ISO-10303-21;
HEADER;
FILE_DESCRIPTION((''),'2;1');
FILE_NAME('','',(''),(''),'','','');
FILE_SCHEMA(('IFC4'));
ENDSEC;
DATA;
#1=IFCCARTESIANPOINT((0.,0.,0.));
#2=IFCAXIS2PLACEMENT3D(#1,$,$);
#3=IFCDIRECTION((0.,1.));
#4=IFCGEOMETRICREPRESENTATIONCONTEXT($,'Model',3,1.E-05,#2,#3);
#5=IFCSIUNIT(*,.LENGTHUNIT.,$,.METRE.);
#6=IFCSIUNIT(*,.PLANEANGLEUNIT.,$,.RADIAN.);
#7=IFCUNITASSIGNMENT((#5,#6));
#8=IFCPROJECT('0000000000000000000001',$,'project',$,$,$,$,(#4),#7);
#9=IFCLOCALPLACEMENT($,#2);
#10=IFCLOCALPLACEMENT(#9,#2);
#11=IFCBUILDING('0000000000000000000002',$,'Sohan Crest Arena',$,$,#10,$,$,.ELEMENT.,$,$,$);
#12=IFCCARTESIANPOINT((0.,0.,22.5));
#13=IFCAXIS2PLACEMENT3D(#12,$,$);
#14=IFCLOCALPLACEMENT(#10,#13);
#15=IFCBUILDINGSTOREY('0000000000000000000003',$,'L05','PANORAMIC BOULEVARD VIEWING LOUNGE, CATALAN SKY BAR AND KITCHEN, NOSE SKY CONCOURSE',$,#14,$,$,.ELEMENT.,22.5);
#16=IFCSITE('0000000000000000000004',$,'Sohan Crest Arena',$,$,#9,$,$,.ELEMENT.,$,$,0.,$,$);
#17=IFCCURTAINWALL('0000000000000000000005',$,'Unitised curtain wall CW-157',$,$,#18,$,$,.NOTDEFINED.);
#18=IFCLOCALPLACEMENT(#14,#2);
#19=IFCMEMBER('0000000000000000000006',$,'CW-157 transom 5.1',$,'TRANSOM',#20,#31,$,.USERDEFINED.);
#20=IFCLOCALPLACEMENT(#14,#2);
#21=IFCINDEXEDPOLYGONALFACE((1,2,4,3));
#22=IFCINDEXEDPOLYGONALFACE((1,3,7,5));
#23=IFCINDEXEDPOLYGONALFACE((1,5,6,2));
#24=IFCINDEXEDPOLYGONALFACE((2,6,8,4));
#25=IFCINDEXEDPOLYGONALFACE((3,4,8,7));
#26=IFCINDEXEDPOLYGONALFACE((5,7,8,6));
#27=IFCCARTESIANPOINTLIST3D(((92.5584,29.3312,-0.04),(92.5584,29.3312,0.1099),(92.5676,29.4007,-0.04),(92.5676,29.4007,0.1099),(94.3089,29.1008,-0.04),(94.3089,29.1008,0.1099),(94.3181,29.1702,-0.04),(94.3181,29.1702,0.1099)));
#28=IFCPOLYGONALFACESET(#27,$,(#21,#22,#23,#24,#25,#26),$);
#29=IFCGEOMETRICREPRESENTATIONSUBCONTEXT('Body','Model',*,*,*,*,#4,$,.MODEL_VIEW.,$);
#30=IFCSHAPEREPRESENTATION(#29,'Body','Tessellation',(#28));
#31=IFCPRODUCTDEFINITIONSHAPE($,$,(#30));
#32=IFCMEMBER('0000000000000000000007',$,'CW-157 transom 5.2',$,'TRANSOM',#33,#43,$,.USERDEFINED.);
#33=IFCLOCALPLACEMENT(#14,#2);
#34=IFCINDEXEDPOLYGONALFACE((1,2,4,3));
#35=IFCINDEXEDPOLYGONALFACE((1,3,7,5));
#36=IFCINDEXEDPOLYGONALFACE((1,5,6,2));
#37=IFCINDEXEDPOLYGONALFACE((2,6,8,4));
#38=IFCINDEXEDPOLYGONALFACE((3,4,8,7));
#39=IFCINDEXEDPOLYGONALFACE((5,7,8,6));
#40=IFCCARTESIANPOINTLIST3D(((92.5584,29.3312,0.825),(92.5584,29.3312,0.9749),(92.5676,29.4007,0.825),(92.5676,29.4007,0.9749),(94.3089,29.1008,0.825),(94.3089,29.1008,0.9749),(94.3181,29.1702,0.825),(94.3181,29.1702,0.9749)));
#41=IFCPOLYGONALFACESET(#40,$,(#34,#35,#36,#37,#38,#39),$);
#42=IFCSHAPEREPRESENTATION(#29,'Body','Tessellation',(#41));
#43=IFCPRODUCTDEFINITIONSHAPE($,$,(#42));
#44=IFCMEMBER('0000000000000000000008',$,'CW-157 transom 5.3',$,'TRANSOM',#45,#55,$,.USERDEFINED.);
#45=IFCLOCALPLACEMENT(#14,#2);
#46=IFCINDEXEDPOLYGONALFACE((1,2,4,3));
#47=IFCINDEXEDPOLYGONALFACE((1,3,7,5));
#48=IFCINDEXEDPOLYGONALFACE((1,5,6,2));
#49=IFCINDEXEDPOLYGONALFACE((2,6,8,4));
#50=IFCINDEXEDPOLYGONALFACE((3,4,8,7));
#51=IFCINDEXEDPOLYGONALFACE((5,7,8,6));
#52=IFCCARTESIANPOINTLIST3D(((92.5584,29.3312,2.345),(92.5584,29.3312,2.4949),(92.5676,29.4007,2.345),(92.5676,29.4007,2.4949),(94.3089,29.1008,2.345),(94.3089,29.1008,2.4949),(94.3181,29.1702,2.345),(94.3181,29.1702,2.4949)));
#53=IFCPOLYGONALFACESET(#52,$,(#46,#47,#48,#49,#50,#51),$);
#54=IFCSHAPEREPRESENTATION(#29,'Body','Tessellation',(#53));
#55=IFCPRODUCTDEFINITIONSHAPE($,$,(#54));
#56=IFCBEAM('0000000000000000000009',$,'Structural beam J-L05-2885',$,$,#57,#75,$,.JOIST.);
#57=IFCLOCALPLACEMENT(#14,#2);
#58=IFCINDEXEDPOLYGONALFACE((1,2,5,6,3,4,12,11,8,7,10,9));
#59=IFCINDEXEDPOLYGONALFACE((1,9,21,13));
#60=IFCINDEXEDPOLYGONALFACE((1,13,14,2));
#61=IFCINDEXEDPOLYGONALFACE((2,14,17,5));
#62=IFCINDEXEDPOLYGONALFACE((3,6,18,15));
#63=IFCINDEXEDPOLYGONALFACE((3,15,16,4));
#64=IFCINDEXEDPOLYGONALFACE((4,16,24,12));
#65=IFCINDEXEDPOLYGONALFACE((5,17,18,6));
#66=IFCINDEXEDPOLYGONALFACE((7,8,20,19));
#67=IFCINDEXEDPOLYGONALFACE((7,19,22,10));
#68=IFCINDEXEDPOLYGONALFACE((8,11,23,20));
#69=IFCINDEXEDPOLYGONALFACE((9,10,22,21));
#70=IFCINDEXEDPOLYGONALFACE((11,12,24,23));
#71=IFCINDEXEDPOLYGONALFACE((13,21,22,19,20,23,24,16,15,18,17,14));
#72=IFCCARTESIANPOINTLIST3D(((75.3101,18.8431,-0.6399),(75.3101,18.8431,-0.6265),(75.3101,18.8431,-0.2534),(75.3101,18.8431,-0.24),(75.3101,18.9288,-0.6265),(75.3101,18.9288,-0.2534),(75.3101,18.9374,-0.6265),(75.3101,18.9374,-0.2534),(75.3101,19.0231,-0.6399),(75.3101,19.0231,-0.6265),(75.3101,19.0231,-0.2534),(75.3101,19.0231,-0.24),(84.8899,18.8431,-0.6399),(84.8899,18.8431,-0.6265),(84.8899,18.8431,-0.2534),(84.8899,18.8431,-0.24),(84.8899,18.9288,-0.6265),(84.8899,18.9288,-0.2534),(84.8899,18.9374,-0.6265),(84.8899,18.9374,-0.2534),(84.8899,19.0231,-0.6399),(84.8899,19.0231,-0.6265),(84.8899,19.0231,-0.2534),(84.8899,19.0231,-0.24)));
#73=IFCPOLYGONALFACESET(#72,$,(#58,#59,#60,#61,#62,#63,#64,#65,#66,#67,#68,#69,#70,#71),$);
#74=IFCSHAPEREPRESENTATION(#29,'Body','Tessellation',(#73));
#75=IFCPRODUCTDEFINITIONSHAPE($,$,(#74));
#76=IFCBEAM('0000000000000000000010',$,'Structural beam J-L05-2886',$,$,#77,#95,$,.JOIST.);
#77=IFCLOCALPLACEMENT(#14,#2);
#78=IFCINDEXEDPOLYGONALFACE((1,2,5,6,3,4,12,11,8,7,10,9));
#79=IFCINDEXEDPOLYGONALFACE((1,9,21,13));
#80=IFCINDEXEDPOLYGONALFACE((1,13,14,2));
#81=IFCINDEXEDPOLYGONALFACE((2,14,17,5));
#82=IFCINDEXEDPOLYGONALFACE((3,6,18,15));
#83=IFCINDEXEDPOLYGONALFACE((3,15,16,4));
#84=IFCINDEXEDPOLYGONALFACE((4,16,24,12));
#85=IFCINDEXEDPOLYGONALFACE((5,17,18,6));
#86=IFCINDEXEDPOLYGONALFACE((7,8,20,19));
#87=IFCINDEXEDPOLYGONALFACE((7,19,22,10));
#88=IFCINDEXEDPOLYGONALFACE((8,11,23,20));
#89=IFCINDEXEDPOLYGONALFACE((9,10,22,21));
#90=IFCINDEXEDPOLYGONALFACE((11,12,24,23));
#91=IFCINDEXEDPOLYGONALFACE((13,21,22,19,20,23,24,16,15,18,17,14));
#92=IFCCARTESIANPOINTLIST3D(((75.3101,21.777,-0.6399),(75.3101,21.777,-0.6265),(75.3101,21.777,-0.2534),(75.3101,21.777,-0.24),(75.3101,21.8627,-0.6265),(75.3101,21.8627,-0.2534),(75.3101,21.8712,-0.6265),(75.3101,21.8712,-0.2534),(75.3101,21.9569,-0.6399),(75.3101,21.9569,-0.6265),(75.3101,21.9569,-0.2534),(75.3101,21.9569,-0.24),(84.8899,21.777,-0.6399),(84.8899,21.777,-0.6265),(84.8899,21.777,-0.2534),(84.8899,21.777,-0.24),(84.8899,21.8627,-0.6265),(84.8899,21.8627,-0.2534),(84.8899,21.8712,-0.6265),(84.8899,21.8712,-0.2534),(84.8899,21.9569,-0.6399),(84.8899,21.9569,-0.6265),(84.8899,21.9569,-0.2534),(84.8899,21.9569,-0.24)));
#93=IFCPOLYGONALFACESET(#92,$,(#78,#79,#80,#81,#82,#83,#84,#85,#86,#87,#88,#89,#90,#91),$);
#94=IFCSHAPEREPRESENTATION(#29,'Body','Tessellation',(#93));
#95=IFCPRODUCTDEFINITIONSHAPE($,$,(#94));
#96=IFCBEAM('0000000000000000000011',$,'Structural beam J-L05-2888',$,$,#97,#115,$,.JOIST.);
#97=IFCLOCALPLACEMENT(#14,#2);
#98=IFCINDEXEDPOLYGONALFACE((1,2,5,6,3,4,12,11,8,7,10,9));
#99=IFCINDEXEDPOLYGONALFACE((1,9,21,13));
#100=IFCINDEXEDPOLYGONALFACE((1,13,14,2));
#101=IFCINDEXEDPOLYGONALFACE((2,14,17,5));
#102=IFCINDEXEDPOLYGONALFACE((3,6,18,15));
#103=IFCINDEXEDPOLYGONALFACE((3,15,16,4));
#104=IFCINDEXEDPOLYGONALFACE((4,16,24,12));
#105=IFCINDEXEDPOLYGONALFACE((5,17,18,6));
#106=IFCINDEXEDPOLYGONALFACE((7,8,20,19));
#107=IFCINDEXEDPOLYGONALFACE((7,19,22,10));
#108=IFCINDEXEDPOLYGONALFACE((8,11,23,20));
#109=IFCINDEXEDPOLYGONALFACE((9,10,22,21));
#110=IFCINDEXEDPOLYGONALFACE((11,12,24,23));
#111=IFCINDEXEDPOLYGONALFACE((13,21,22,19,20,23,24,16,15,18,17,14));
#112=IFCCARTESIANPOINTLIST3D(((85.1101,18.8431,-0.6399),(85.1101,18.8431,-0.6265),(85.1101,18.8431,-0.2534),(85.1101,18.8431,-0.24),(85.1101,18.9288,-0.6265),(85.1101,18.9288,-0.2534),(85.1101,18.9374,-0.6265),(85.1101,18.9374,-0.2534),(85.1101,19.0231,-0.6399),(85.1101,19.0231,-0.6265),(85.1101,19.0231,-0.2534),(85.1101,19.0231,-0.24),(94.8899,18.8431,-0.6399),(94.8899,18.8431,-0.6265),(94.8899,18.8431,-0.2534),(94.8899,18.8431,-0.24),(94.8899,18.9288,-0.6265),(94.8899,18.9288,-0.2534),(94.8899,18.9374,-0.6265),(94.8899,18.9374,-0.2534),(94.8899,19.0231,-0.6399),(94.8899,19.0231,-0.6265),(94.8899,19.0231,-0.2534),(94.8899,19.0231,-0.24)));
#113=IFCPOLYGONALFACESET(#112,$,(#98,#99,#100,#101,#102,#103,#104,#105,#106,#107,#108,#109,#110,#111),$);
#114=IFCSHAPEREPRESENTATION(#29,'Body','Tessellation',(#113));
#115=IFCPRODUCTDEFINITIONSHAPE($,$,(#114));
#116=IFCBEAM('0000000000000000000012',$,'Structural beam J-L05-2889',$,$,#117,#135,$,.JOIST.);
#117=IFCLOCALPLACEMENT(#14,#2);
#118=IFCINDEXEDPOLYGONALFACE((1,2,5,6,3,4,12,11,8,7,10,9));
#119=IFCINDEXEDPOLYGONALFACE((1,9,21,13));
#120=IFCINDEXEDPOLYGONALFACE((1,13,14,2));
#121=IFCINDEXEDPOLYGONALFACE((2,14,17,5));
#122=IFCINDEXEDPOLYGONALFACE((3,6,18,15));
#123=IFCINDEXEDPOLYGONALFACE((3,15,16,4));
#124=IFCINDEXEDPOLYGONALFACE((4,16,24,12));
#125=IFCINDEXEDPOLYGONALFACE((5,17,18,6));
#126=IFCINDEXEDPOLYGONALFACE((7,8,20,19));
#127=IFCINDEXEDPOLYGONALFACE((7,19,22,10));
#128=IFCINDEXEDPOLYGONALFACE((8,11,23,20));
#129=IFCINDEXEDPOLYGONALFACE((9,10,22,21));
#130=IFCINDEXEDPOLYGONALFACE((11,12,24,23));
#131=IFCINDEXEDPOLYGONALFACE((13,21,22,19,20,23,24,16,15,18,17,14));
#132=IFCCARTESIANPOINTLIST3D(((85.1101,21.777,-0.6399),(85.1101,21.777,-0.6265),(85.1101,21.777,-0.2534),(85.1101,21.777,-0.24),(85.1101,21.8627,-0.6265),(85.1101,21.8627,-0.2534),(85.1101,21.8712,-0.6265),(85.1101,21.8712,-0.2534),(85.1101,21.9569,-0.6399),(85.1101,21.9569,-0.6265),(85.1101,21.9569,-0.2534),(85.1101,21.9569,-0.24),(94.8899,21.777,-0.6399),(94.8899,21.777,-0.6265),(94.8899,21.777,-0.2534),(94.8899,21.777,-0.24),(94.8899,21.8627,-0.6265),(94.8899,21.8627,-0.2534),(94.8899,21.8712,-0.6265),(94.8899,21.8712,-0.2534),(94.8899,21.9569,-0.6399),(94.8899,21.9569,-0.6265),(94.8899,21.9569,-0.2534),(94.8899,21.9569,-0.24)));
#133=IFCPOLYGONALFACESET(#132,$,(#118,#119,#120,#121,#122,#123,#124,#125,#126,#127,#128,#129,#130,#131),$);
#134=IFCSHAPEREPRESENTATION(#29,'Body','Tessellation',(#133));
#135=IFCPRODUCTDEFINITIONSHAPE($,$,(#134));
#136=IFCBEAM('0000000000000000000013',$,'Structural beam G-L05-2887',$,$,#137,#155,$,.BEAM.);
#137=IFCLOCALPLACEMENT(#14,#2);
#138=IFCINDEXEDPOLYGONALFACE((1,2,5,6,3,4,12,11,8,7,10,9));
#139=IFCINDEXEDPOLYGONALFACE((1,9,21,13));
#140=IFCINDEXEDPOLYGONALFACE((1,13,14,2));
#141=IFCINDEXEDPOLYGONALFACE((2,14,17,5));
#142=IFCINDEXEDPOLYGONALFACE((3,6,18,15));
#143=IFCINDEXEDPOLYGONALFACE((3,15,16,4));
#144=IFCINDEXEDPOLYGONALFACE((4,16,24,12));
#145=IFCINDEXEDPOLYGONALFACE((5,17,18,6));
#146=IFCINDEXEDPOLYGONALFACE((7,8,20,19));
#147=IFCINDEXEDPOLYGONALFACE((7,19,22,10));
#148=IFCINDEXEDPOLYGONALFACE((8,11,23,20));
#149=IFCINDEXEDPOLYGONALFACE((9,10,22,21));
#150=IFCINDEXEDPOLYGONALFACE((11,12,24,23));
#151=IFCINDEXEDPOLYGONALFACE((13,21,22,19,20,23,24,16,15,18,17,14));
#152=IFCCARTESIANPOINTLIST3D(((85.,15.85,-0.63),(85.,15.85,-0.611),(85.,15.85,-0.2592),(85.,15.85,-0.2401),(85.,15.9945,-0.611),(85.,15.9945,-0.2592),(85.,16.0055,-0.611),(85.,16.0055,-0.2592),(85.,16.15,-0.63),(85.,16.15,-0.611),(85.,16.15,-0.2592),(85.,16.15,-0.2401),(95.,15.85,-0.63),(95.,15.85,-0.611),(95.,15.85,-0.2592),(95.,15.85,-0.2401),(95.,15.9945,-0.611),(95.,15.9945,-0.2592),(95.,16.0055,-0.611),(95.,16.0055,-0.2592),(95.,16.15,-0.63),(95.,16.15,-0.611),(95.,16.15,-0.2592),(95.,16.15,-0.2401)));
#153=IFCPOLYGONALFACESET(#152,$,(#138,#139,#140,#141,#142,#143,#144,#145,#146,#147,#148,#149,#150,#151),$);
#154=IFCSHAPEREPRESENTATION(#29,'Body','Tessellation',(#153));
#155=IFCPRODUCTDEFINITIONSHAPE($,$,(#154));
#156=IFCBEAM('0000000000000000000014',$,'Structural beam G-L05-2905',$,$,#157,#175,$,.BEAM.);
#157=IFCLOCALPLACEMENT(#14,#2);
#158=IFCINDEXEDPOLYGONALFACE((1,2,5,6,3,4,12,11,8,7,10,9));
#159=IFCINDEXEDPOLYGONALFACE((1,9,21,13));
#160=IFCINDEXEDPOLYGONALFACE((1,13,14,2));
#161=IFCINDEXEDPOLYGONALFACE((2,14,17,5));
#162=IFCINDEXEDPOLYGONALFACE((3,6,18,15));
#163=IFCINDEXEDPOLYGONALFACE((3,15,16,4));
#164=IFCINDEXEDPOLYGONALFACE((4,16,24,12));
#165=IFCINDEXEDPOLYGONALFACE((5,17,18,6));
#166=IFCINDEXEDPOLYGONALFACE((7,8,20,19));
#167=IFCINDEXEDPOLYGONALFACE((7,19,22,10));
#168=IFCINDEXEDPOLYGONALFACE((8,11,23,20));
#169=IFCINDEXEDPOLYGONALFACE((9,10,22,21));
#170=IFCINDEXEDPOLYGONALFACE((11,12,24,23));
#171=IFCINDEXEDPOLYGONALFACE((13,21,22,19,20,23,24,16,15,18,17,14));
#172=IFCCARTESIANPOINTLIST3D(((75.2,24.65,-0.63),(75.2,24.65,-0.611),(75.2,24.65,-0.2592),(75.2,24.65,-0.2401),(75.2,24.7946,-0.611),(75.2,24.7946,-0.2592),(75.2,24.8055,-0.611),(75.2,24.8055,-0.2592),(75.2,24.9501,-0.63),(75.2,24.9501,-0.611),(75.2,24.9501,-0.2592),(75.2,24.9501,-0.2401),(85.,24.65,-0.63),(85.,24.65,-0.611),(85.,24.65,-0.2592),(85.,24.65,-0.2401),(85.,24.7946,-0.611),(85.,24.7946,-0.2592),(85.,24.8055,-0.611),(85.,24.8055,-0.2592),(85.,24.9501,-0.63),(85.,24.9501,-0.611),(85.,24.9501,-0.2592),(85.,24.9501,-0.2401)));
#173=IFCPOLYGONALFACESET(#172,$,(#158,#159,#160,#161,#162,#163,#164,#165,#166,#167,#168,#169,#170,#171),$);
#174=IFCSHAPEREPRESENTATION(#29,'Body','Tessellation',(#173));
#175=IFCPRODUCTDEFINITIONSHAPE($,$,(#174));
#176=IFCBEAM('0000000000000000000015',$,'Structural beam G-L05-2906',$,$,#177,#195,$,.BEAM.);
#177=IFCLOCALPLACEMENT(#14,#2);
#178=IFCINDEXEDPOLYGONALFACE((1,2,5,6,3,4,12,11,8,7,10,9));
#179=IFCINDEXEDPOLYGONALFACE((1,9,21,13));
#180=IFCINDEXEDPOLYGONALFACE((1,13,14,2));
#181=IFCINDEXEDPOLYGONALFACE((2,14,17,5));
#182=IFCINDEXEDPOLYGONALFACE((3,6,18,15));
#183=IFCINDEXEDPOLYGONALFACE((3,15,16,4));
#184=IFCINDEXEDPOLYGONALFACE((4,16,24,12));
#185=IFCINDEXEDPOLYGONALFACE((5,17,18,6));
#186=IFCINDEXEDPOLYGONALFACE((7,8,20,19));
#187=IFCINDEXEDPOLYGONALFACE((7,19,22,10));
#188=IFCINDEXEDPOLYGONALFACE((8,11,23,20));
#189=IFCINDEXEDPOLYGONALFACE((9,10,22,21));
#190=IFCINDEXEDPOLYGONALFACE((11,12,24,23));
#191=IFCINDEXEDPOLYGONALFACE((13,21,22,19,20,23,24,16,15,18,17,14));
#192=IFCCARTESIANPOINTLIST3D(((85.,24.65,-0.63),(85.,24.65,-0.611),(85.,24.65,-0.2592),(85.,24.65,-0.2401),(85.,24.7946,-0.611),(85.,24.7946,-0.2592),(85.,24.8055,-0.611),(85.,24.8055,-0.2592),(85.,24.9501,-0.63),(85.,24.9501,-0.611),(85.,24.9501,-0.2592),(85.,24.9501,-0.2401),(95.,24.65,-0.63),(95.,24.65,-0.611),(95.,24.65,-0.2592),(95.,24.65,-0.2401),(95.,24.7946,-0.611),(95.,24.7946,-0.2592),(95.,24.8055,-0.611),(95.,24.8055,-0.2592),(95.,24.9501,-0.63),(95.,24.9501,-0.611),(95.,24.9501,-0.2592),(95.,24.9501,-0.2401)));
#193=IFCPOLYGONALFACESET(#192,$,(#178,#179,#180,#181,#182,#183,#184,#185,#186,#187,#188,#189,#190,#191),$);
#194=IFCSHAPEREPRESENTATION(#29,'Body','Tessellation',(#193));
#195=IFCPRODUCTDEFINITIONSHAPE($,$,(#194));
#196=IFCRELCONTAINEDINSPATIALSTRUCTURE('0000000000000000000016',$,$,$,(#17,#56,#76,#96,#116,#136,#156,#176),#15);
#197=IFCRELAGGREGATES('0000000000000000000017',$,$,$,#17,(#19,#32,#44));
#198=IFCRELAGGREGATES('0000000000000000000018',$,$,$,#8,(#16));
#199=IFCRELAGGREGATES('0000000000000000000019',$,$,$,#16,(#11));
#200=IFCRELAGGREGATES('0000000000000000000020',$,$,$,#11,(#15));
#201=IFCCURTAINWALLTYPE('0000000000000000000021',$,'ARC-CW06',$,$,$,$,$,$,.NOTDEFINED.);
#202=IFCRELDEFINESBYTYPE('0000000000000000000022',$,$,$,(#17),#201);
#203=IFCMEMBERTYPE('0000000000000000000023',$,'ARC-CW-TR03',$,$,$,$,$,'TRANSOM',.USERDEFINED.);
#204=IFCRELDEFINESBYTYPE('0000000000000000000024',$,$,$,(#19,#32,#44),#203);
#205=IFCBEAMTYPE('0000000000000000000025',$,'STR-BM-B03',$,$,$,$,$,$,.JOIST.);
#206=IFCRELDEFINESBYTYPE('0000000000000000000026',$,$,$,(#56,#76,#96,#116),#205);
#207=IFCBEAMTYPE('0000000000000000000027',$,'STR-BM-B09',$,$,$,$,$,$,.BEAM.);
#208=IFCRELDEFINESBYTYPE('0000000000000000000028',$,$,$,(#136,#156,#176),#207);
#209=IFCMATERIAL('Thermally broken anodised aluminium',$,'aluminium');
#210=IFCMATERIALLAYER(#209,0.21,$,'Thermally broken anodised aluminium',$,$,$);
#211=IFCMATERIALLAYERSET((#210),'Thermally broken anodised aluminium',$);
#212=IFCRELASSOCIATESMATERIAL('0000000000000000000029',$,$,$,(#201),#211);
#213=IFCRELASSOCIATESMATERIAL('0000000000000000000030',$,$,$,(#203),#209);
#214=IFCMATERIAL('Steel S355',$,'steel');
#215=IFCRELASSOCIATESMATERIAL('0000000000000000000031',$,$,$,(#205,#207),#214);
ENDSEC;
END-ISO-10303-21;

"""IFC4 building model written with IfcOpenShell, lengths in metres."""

from ifc_helpers import new_model, si_unit, direction, frame, origin, origin_2d, place, context, subcontext, project, spatial, rectangle, i_section, extrude, material, layer, layer_set, material_profile, profile_set, type_object, element, aggregate, save


model = new_model("IFC4")

# Units and contexts
model_context = context("Model", 3, precision=1e-05, world=origin(), true_north=direction((0.0, 1.0)))
body_context = subcontext(model_context, "Body", "Model", "MODEL_VIEW")
ifc_project = project(units=[si_unit("LENGTHUNIT", "METRE"), si_unit("PLANEANGLEUNIT", "RADIAN")], contexts=[model_context])

# Site, building, storey
site_placement = place(None, origin())
site = spatial("IfcSite", under=ifc_project, at=site_placement, Name="Sohan Crest Arena", CompositionType="ELEMENT", RefElevation=0.0)
building_placement = place(site_placement, origin())
building = spatial("IfcBuilding", under=site, at=building_placement, Name="Sohan Crest Arena", CompositionType="ELEMENT")
storey_placement = place(building_placement, frame((0.0, 0.0, 22.5)))
storey = spatial("IfcBuildingStorey", under=building, at=storey_placement, Name="L05", Description="PANORAMIC BOULEVARD VIEWING LOUNGE, CATALAN SKY BAR AND KITCHEN, NOSE SKY CONCOURSE", CompositionType="ELEMENT", Elevation=22.5)

# Curtain wall, members
ifc_material_1 = material(Name="Thermally broken anodised aluminium", Category="aluminium")
ifc_layer_1 = layer(ifc_material_1, 0.21, Name="Thermally broken anodised aluminium")
ifc_layer_set_1 = layer_set([ifc_layer_1], Name="Thermally broken anodised aluminium")
curtain_wall_type = type_object("IfcCurtainWallType", Name="ARC-CW06", PredefinedType="NOTDEFINED", material=ifc_layer_set_1)
curtain_wall_placement = place(storey_placement, origin())
curtain_wall = element("IfcCurtainWall", 1, at=curtain_wall_placement, inside=storey, type_object=curtain_wall_type, Name="Unitised curtain wall CW-157", PredefinedType="NOTDEFINED")
ifc_material_profile_1 = material_profile(ifc_material_1, rectangle(XDim=0.0701, YDim=0.1499, at=origin_2d()), Name="ALU-TRAN 70x150")
ifc_profile_set_1 = profile_set([ifc_material_profile_1], Name="Thermally broken anodised aluminium")
member_type = type_object("IfcMemberType", Name="ARC-CW-TR03", ElementType="TRANSOM", PredefinedType="USERDEFINED", material=ifc_profile_set_1)
member_1_placement = place(storey_placement, frame((92.563, 29.366, 0.0349), z_axis=(0.991444, -0.130533, 0.0), x_axis=(0.130533, 0.991444, 0.0)))
member_1 = element("IfcMember", 2, at=member_1_placement, type_object=member_type, Name="CW-157 transom 5.1", ObjectType="TRANSOM", PredefinedType="USERDEFINED", context=body_context, shape_type="SweptSolid", body=[
    extrude(rectangle(XDim=0.0701, YDim=0.1499, at=origin_2d()), origin(), (0.0, 0.0, 1.0), 1.7656),
])
member_2_placement = place(storey_placement, frame((92.563, 29.366, 0.8999), z_axis=(0.991444, -0.130533, 0.0), x_axis=(0.130533, 0.991444, 0.0)))
member_2 = element("IfcMember", 3, at=member_2_placement, type_object=member_type, Name="CW-157 transom 5.2", ObjectType="TRANSOM", PredefinedType="USERDEFINED", context=body_context, shape_type="SweptSolid", body=[
    extrude(rectangle(XDim=0.0701, YDim=0.1499, at=origin_2d()), origin(), (0.0, 0.0, 1.0), 1.7656),
])
member_3_placement = place(storey_placement, frame((92.563, 29.366, 2.4199), z_axis=(0.991444, -0.130533, 0.0), x_axis=(0.130533, 0.991444, 0.0)))
member_3 = element("IfcMember", 4, at=member_3_placement, type_object=member_type, Name="CW-157 transom 5.3", ObjectType="TRANSOM", PredefinedType="USERDEFINED", context=body_context, shape_type="SweptSolid", body=[
    extrude(rectangle(XDim=0.0701, YDim=0.1499, at=origin_2d()), origin(), (0.0, 0.0, 1.0), 1.7656),
])
aggregate(curtain_wall, [member_1, member_2, member_3])

# Beams
ifc_material_2 = material(Name="Steel S355", Category="steel")
ifc_material_profile_2 = material_profile(ifc_material_2, i_section(OverallWidth=0.1799, OverallDepth=0.3999, WebThickness=0.0085, FlangeThickness=0.0134, at=origin_2d()), Name="IPE 400")
ifc_profile_set_2 = profile_set([ifc_material_profile_2], Name="Steel S355")
beam_type_1 = type_object("IfcBeamType", Name="STR-BM-B03", PredefinedType="JOIST", material=ifc_profile_set_2)
for number, where, z_axis, x_axis, name in (
    (5, (75.3101, 18.9331, -0.4399), (1.0, 0.0, 0.0), (0.0, 1.0, 0.0), "Structural beam J-L05-2885"),
    (6, (75.3101, 21.8669, -0.4399), (1.0, 0.0, 0.0), (0.0, 1.0, 0.0), "Structural beam J-L05-2886"),
):
    element("IfcBeam", number, at=place(storey_placement, frame(where, z_axis=z_axis, x_axis=x_axis)), inside=storey, type_object=beam_type_1, Name=name, PredefinedType="JOIST", context=body_context, shape_type="SweptSolid", body=[
        extrude(i_section(OverallWidth=0.1799, OverallDepth=0.3999, WebThickness=0.0085, FlangeThickness=0.0134, at=origin_2d()), origin(), (0.0, 0.0, 1.0), 9.5798),
    ])
for number, where, z_axis, x_axis, name in (
    (7, (85.1101, 18.9331, -0.4399), (1.0, 0.0, 0.0), (0.0, 1.0, 0.0), "Structural beam J-L05-2888"),
    (8, (85.1101, 21.8669, -0.4399), (1.0, 0.0, 0.0), (0.0, 1.0, 0.0), "Structural beam J-L05-2889"),
):
    element("IfcBeam", number, at=place(storey_placement, frame(where, z_axis=z_axis, x_axis=x_axis)), inside=storey, type_object=beam_type_1, Name=name, PredefinedType="JOIST", context=body_context, shape_type="SweptSolid", body=[
        extrude(i_section(OverallWidth=0.1799, OverallDepth=0.3999, WebThickness=0.0085, FlangeThickness=0.0134, at=origin_2d()), origin(), (0.0, 0.0, 1.0), 9.7798),
    ])
ifc_material_profile_3 = material_profile(ifc_material_2, i_section(OverallWidth=0.3, OverallDepth=0.3899, WebThickness=0.011, FlangeThickness=0.019, at=origin_2d()), Name="HEA 400")
ifc_profile_set_3 = profile_set([ifc_material_profile_3], Name="Steel S355")
beam_type_2 = type_object("IfcBeamType", Name="STR-BM-B09", PredefinedType="BEAM", material=ifc_profile_set_3)
beam_1_placement = place(storey_placement, frame((85.0, 16.0, -0.4351), z_axis=(1.0, 0.0, 0.0), x_axis=(0.0, 1.0, 0.0)))
element("IfcBeam", 9, at=beam_1_placement, inside=storey, type_object=beam_type_2, Name="Structural beam G-L05-2887", PredefinedType="BEAM", context=body_context, shape_type="SweptSolid", body=[
    extrude(i_section(OverallWidth=0.3, OverallDepth=0.3899, WebThickness=0.011, FlangeThickness=0.019, at=origin_2d()), origin(), (0.0, 0.0, 1.0), 10.0),
])
beam_2_placement = place(storey_placement, frame((75.2, 24.8, -0.4351), z_axis=(1.0, 0.0, 0.0), x_axis=(0.0, 1.0, 0.0)))
element("IfcBeam", 10, at=beam_2_placement, inside=storey, type_object=beam_type_2, Name="Structural beam G-L05-2905", PredefinedType="BEAM", context=body_context, shape_type="SweptSolid", body=[
    extrude(i_section(OverallWidth=0.3, OverallDepth=0.3899, WebThickness=0.011, FlangeThickness=0.019, at=origin_2d()), origin(), (0.0, 0.0, 1.0), 9.8),
])
beam_3_placement = place(storey_placement, frame((85.0, 24.8, -0.4351), z_axis=(1.0, 0.0, 0.0), x_axis=(0.0, 1.0, 0.0)))
element("IfcBeam", 11, at=beam_3_placement, inside=storey, type_object=beam_type_2, Name="Structural beam G-L05-2906", PredefinedType="BEAM", context=body_context, shape_type="SweptSolid", body=[
    extrude(i_section(OverallWidth=0.3, OverallDepth=0.3899, WebThickness=0.011, FlangeThickness=0.019, at=origin_2d()), origin(), (0.0, 0.0, 1.0), 10.0),
])

save(model, "model.ifc")
